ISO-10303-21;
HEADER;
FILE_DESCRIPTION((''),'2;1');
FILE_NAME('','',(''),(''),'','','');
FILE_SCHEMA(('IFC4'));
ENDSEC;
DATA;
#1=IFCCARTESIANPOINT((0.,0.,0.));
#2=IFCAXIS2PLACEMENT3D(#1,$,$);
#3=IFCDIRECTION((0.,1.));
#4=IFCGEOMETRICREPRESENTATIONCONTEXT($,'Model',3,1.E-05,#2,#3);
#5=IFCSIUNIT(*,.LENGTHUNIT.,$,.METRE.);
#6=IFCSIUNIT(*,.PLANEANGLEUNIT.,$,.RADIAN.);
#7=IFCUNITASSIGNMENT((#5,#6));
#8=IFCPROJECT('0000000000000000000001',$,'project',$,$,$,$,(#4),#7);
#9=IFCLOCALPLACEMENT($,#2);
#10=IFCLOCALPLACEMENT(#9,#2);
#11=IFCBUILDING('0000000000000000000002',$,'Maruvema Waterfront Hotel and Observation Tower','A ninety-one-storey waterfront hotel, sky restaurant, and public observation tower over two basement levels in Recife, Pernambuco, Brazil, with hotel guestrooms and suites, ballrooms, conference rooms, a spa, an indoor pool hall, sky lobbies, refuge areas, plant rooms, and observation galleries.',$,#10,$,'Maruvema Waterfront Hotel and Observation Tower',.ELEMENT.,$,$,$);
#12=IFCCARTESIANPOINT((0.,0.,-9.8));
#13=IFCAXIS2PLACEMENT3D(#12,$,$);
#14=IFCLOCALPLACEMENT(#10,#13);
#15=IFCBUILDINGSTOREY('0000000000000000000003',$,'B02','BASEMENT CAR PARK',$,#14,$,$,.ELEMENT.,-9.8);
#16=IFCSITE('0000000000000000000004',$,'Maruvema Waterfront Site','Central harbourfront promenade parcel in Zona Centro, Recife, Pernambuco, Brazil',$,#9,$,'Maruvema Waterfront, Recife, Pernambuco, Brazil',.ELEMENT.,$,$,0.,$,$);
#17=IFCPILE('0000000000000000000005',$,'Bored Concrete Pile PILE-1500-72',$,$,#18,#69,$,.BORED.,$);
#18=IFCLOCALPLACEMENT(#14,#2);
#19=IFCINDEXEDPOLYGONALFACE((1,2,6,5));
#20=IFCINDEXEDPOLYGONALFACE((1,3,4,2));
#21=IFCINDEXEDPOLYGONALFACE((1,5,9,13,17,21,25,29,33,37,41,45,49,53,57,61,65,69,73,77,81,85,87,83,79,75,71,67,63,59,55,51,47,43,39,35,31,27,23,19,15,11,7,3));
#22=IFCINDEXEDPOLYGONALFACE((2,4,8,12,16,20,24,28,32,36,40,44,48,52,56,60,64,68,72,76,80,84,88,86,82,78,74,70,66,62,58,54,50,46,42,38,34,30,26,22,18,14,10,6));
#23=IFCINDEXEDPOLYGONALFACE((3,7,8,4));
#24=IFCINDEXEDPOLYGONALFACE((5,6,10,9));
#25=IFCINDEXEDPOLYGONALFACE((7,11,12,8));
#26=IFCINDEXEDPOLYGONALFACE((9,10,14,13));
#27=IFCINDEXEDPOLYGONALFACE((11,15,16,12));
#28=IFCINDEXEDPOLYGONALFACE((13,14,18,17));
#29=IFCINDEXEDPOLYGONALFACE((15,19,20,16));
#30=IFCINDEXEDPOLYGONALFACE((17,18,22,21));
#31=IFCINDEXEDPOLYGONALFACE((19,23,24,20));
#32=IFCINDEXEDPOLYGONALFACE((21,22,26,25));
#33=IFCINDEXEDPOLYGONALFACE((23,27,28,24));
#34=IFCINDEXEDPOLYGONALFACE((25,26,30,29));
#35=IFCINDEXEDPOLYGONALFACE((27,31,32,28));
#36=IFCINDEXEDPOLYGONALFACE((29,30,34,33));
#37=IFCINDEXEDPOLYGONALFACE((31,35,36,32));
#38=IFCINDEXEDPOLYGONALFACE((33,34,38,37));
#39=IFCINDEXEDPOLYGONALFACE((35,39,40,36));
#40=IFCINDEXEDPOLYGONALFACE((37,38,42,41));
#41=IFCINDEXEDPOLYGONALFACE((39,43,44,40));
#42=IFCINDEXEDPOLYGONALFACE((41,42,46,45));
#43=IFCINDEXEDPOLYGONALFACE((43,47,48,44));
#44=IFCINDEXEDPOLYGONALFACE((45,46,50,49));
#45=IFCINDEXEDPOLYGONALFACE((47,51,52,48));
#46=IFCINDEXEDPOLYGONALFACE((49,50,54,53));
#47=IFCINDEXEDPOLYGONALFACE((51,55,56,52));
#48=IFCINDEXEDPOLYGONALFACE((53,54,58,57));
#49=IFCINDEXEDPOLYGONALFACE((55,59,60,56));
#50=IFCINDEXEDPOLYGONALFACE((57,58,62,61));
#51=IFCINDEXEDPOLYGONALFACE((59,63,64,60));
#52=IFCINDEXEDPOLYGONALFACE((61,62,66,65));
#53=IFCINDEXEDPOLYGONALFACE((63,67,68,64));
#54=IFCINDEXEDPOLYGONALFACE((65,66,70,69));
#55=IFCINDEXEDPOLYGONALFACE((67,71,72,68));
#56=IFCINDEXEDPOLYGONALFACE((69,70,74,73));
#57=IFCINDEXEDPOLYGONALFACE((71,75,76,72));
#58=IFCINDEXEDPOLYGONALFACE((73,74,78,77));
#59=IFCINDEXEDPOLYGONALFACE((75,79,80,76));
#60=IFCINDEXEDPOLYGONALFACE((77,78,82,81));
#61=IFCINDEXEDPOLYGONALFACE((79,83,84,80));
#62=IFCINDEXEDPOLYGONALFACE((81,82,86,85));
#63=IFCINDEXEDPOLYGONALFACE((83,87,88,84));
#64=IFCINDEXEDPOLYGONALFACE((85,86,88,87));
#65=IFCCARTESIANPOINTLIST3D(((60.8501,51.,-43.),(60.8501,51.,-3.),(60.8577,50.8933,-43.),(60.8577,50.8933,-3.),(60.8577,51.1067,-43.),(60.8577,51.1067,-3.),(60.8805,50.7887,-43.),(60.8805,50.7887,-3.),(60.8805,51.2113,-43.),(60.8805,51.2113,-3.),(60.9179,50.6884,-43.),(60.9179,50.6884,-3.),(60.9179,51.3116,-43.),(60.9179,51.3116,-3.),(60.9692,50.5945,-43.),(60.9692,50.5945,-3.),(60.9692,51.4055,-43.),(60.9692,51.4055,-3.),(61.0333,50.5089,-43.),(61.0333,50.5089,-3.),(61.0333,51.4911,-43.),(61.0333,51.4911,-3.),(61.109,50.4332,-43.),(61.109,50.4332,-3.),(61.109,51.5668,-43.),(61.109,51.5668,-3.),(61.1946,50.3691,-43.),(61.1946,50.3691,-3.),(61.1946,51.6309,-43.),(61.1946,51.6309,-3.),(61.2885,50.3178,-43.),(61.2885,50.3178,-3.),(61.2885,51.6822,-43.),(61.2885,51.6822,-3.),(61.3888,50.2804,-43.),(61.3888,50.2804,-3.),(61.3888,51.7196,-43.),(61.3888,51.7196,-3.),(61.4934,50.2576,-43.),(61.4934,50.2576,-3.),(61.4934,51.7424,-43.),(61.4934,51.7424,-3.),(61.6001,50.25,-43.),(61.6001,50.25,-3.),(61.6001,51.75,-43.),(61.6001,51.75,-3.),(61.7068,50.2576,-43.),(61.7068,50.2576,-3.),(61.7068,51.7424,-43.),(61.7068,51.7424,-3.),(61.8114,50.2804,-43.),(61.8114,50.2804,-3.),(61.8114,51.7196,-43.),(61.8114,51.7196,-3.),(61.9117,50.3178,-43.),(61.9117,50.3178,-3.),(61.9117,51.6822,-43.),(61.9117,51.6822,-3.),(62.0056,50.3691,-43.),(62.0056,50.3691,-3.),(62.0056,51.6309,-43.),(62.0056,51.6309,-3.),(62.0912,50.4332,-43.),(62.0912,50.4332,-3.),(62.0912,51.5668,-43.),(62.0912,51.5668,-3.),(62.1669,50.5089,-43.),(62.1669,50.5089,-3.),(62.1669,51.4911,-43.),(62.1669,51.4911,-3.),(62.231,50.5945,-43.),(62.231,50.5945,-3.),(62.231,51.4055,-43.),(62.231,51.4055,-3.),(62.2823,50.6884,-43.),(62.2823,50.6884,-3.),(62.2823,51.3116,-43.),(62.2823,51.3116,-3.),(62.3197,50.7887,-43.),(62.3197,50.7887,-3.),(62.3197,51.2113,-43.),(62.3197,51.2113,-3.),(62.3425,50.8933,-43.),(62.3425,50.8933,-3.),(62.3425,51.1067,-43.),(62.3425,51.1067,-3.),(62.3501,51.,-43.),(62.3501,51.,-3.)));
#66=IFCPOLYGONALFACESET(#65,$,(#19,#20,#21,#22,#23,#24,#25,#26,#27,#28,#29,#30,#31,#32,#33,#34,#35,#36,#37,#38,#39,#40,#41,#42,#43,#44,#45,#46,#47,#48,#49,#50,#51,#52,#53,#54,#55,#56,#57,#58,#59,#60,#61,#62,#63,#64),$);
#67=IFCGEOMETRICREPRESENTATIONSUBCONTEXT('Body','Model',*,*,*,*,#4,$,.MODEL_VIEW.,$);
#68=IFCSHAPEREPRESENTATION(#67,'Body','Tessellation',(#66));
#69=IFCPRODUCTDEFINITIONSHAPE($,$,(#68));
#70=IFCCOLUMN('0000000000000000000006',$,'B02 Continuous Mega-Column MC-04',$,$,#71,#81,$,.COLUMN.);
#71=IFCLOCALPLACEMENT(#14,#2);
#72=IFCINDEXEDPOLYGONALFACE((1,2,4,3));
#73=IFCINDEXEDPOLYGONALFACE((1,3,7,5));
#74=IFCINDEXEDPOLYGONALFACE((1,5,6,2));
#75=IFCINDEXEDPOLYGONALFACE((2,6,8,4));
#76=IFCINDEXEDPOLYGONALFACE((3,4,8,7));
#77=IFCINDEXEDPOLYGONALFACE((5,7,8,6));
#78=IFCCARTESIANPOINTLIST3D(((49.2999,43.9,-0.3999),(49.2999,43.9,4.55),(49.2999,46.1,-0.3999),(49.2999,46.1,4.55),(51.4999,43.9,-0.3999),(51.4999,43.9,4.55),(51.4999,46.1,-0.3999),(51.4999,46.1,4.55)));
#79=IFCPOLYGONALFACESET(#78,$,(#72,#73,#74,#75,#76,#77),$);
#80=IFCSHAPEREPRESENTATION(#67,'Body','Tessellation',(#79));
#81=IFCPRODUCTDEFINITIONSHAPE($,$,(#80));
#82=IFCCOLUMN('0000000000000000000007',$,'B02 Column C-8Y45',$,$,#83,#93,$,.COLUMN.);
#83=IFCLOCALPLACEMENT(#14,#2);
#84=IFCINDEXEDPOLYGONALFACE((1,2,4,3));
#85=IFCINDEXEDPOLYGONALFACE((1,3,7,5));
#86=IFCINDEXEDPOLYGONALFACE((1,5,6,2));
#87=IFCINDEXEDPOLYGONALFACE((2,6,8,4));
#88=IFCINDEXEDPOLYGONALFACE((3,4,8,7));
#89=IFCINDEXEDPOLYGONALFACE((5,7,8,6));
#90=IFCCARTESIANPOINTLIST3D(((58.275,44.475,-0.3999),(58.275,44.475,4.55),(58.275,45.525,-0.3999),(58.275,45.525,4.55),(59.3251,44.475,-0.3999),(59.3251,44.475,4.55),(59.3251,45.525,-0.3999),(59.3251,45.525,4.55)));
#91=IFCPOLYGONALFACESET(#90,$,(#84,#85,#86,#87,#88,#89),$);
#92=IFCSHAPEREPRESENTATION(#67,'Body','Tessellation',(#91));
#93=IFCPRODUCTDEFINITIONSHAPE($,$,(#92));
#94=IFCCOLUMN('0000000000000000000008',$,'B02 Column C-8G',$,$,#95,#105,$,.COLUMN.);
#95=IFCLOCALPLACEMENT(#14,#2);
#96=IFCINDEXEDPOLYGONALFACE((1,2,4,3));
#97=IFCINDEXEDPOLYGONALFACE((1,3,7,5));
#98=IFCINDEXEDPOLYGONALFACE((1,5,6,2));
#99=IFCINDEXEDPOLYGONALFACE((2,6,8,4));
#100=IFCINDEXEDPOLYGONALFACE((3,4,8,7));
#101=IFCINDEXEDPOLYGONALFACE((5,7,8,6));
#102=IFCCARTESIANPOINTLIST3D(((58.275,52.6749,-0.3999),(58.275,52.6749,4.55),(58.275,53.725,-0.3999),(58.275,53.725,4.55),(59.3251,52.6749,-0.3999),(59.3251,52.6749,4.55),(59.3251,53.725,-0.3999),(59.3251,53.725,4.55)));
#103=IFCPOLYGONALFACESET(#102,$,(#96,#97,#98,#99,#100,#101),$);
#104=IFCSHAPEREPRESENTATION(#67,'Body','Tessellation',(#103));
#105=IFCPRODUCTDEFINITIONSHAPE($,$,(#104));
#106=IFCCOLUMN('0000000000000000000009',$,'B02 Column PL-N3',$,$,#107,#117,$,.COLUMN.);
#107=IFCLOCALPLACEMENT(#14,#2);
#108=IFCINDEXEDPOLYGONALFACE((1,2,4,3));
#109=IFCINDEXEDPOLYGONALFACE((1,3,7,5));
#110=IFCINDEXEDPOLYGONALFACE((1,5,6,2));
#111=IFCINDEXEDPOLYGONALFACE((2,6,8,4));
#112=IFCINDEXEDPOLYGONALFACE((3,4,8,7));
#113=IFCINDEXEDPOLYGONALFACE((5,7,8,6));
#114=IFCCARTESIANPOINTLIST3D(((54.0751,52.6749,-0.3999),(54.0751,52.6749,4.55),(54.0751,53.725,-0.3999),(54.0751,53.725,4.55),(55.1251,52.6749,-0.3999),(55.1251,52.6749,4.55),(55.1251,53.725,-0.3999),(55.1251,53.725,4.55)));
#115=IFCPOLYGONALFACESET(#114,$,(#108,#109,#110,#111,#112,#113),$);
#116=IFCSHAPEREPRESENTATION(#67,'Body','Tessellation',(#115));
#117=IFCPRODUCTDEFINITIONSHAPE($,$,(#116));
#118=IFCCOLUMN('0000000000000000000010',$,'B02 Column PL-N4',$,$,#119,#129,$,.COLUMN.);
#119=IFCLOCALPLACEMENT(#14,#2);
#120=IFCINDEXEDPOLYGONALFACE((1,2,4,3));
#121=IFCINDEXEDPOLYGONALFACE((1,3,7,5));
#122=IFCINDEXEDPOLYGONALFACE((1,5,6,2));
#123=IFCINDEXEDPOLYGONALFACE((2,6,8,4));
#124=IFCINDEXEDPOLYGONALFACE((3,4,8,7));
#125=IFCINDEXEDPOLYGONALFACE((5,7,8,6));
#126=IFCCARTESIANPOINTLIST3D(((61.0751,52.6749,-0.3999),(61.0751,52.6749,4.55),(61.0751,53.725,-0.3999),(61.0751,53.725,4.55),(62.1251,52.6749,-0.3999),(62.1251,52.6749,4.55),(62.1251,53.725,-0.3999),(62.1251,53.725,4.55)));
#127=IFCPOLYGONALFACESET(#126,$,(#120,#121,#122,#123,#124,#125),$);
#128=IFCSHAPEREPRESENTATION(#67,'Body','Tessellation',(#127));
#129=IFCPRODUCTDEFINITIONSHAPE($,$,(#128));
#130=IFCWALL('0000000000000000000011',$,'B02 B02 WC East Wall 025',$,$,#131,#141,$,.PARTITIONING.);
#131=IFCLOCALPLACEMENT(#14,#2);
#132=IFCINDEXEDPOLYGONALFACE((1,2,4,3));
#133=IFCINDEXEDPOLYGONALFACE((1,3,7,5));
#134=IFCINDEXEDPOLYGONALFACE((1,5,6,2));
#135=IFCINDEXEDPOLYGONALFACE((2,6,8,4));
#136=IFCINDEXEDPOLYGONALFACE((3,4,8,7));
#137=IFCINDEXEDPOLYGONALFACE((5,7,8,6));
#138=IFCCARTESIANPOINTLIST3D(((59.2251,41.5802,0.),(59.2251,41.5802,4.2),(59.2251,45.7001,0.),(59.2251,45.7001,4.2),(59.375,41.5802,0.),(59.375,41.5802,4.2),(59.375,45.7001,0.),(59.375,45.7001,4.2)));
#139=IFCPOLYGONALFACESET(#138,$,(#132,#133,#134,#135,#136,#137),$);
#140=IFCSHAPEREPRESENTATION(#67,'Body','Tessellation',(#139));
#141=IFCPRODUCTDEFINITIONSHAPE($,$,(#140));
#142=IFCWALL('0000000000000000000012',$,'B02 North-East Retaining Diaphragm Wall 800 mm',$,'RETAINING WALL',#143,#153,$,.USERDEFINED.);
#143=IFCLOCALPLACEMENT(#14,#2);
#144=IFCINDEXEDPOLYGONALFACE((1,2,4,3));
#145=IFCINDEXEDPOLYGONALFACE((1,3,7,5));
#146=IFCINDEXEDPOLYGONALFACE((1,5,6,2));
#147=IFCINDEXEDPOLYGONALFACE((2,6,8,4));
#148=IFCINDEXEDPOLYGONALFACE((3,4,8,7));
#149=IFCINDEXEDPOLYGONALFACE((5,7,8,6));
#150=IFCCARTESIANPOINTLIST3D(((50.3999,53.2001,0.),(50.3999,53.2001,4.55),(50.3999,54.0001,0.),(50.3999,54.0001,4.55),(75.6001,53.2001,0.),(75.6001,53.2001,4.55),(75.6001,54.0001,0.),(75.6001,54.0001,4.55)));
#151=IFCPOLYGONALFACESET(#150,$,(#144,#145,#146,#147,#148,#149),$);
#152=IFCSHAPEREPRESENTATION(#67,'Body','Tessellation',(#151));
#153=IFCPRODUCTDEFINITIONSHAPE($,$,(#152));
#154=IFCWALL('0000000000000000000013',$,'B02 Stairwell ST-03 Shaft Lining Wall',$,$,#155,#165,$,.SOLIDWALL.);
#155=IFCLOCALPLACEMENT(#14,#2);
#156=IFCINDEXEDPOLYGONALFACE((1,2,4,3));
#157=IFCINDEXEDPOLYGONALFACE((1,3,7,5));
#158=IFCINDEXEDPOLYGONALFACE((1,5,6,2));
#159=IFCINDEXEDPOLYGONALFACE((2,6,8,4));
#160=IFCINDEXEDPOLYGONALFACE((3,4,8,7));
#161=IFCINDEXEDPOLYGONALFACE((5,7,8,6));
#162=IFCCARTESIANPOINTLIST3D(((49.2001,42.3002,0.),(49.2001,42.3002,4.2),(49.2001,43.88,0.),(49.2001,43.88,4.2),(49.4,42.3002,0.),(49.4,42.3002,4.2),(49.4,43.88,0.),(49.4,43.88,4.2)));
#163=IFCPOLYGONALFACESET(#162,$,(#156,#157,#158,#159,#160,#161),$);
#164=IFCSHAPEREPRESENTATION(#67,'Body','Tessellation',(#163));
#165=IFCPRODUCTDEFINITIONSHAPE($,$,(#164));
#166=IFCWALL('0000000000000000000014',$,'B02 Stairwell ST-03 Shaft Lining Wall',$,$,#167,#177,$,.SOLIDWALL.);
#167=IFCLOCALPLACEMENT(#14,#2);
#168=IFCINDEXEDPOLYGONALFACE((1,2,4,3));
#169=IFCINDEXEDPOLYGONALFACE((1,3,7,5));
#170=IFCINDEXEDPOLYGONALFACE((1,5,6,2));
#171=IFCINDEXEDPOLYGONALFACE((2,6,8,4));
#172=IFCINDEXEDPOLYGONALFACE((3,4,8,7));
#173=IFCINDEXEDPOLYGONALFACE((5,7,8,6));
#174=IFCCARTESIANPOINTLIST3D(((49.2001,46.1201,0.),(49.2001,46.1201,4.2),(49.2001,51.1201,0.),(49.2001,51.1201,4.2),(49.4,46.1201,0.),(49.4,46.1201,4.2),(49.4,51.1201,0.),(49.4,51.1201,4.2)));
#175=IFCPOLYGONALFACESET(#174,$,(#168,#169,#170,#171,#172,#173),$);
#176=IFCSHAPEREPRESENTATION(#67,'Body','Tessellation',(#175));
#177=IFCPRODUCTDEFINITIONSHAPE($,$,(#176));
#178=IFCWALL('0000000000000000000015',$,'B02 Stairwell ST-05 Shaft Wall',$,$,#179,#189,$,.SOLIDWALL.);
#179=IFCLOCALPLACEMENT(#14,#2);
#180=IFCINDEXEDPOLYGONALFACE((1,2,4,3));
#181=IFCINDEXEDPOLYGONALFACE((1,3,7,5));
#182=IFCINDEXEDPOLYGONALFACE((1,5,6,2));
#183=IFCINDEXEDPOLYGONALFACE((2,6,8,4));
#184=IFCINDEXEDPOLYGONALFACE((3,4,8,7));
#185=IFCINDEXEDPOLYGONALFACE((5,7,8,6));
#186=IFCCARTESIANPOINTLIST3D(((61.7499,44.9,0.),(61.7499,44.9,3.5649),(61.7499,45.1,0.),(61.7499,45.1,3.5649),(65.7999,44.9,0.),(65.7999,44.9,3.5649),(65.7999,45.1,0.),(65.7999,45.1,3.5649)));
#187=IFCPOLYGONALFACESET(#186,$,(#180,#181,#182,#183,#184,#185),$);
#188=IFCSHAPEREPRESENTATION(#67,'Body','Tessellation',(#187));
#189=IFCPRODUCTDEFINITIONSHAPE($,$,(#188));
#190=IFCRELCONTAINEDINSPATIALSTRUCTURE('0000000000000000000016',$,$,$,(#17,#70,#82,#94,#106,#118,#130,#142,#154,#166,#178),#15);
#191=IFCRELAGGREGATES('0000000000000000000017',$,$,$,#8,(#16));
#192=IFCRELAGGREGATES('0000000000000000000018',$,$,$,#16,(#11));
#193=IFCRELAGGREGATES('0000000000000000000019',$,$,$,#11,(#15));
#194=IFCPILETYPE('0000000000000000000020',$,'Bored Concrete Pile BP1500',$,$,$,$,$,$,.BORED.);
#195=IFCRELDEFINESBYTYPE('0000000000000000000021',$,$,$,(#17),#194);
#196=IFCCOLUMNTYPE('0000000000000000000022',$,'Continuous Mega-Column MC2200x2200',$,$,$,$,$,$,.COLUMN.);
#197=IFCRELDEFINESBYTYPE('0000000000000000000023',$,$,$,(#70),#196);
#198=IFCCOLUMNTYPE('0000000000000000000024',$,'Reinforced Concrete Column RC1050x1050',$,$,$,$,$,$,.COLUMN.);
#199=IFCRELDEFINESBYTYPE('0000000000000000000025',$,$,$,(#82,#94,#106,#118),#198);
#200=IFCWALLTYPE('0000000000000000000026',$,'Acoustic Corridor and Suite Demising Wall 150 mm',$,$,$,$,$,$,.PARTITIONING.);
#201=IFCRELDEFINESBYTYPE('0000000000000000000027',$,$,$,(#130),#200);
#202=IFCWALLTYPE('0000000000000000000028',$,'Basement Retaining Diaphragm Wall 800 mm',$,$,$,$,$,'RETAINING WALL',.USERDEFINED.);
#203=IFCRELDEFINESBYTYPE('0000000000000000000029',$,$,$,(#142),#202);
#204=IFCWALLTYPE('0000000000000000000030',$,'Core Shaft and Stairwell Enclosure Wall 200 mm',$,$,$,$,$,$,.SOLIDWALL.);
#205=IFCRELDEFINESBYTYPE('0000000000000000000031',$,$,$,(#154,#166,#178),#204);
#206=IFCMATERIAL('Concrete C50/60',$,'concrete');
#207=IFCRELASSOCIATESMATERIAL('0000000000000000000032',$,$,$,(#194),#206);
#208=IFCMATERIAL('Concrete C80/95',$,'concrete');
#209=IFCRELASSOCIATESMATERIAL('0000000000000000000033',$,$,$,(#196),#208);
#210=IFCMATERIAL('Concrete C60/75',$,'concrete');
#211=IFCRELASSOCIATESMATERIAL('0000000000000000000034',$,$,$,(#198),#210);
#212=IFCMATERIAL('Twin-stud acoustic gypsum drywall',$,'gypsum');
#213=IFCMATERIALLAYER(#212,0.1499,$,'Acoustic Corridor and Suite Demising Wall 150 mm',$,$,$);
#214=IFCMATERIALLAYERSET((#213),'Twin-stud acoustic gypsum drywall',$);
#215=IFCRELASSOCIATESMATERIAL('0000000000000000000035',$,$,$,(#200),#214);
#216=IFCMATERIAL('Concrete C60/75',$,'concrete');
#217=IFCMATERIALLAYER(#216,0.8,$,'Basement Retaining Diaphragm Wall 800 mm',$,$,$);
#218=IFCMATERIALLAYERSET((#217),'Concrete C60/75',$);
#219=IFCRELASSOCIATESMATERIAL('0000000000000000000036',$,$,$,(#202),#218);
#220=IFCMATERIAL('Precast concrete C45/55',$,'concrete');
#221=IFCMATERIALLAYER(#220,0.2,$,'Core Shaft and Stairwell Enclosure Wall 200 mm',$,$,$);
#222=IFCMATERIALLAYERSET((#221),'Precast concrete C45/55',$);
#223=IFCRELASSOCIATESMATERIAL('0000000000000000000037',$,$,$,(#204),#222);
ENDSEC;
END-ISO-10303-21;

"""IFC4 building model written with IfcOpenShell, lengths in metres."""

from ifc_helpers import new_model, si_unit, direction, frame, frame_2d, origin, origin_2d, place, context, subcontext, project, spatial, rectangle, circle, extrude, material, layer, layer_set, material_profile, profile_set, type_object, element, save


model = new_model("IFC4")

# Units and contexts
model_context = context("Model", 3, precision=1e-05, world=origin(), true_north=direction((0.0, 1.0)))
body_context = subcontext(model_context, "Body", "Model", "MODEL_VIEW")
ifc_project = project(units=[si_unit("LENGTHUNIT", "METRE"), si_unit("PLANEANGLEUNIT", "RADIAN")], contexts=[model_context])

# Site, building, storey
site_placement = place(None, origin())
site = spatial("IfcSite", under=ifc_project, at=site_placement, Name="Maruvema Waterfront Site", Description="Central harbourfront promenade parcel in Zona Centro, Recife, Pernambuco, Brazil", LongName="Maruvema Waterfront, Recife, Pernambuco, Brazil", CompositionType="ELEMENT", RefElevation=0.0)
building_placement = place(site_placement, origin())
building = spatial("IfcBuilding", under=site, at=building_placement, Name="Maruvema Waterfront Hotel and Observation Tower", Description="A ninety-one-storey waterfront hotel, sky restaurant, and public observation tower over two basement levels in Recife, Pernambuco, Brazil, with hotel guestrooms and suites, ballrooms, conference rooms, a spa, an indoor pool hall, sky lobbies, refuge areas, plant rooms, and observation galleries.", LongName="Maruvema Waterfront Hotel and Observation Tower", CompositionType="ELEMENT")
storey_placement = place(building_placement, frame((0.0, 0.0, -9.8)))
storey = spatial("IfcBuildingStorey", under=building, at=storey_placement, Name="B02", Description="BASEMENT CAR PARK", CompositionType="ELEMENT", Elevation=-9.8)

# Pile
ifc_material_1 = material(Name="Concrete C50/60", Category="concrete")
ifc_material_profile_1 = material_profile(ifc_material_1, circle(Radius=0.75, at=origin_2d()), Name="BP1500")
ifc_profile_set_1 = profile_set([ifc_material_profile_1], Name="Concrete C50/60")
pile_type = type_object("IfcPileType", Name="Bored Concrete Pile BP1500", PredefinedType="BORED", material=ifc_profile_set_1)
for number, where, z_axis, x_axis, name in (
    (1, (61.6001, 51.0, -3.0), (0.0, 0.0, -1.0), (1.0, 0.0, 0.0), "Bored Concrete Pile PILE-1500-72"),
):
    element("IfcPile", number, at=place(storey_placement, frame(where, z_axis=z_axis, x_axis=x_axis)), inside=storey, type_object=pile_type, Name=name, PredefinedType="BORED", context=body_context, shape_type="SweptSolid", body=[
        extrude(circle(Radius=0.75, at=origin_2d()), origin(), (0.0, 0.0, 1.0), 40.0),
    ])

# Columns
ifc_material_2 = material(Name="Concrete C80/95", Category="concrete")
ifc_material_profile_2 = material_profile(ifc_material_2, rectangle(XDim=2.2, YDim=2.2, at=origin_2d()), Name="MC2200x2200")
ifc_profile_set_2 = profile_set([ifc_material_profile_2], Name="Concrete C80/95")
column_type_1 = type_object("IfcColumnType", Name="Continuous Mega-Column MC2200x2200", PredefinedType="COLUMN", material=ifc_profile_set_2)
column_placement = place(storey_placement, frame((50.3999, 45.0, -0.3999), z_axis=(0.0, 0.0, 1.0), x_axis=(1.0, 0.0, 0.0)))
element("IfcColumn", 2, at=column_placement, inside=storey, type_object=column_type_1, Name="B02 Continuous Mega-Column MC-04", PredefinedType="COLUMN", context=body_context, shape_type="SweptSolid", body=[
    extrude(rectangle(XDim=2.2, YDim=2.2, at=origin_2d()), origin(), (0.0, 0.0, 1.0), 4.95),
])
ifc_material_3 = material(Name="Concrete C60/75", Category="concrete")
ifc_material_profile_3 = material_profile(ifc_material_3, rectangle(XDim=1.05, YDim=1.05, at=origin_2d()), Name="RC1050x1050")
ifc_profile_set_3 = profile_set([ifc_material_profile_3], Name="Concrete C60/75")
column_type_2 = type_object("IfcColumnType", Name="Reinforced Concrete Column RC1050x1050", PredefinedType="COLUMN", material=ifc_profile_set_3)
for number, where, z_axis, x_axis, name in (
    (3, (58.8, 45.0, -0.3999), (0.0, 0.0, 1.0), (1.0, 0.0, 0.0), "B02 Column C-8Y45"),
    (4, (58.8, 53.2, -0.3999), (0.0, 0.0, 1.0), (1.0, 0.0, 0.0), "B02 Column C-8G"),
    (5, (54.6001, 53.2, -0.3999), (0.0, 0.0, 1.0), (1.0, 0.0, 0.0), "B02 Column PL-N3"),
    (6, (61.6001, 53.2, -0.3999), (0.0, 0.0, 1.0), (1.0, 0.0, 0.0), "B02 Column PL-N4"),
):
    element("IfcColumn", number, at=place(storey_placement, frame(where, z_axis=z_axis, x_axis=x_axis)), inside=storey, type_object=column_type_2, Name=name, PredefinedType="COLUMN", context=body_context, shape_type="SweptSolid", body=[
        extrude(rectangle(XDim=1.05, YDim=1.05, at=origin_2d()), origin(), (0.0, 0.0, 1.0), 4.95),
    ])

# Walls
ifc_material_4 = material(Name="Twin-stud acoustic gypsum drywall", Category="gypsum")
ifc_layer_1 = layer(ifc_material_4, 0.1499, Name="Acoustic Corridor and Suite Demising Wall 150 mm")
ifc_layer_set_1 = layer_set([ifc_layer_1], Name="Twin-stud acoustic gypsum drywall")
wall_type_1 = type_object("IfcWallType", Name="Acoustic Corridor and Suite Demising Wall 150 mm", PredefinedType="PARTITIONING", material=ifc_layer_set_1)
wall_1_placement = place(storey_placement, frame((59.3, 41.5801, 0.0), z_axis=(0.0, 0.0, 1.0), x_axis=(0.0, 1.0, 0.0)))
element("IfcWall", 7, at=wall_1_placement, inside=storey, type_object=wall_type_1, Name="B02 B02 WC East Wall 025", PredefinedType="PARTITIONING", context=body_context, shape_type="SweptSolid", body=[
    extrude(rectangle(XDim=4.1199, YDim=0.1499, at=frame_2d((2.0601, 0.0))), origin(), (0.0, 0.0, 1.0), 4.2),
])
ifc_material_5 = material(Name="Concrete C60/75", Category="concrete")
ifc_layer_2 = layer(ifc_material_5, 0.8, Name="Basement Retaining Diaphragm Wall 800 mm")
ifc_layer_set_2 = layer_set([ifc_layer_2], Name="Concrete C60/75")
wall_type_2 = type_object("IfcWallType", Name="Basement Retaining Diaphragm Wall 800 mm", ElementType="RETAINING WALL", PredefinedType="USERDEFINED", material=ifc_layer_set_2)
wall_2_placement = place(storey_placement, frame((50.3999, 53.6001, 0.0), z_axis=(0.0, 0.0, 1.0), x_axis=(1.0, 0.0, 0.0)))
element("IfcWall", 8, at=wall_2_placement, inside=storey, type_object=wall_type_2, Name="B02 North-East Retaining Diaphragm Wall 800 mm", ObjectType="RETAINING WALL", PredefinedType="USERDEFINED", context=body_context, shape_type="SweptSolid", body=[
    extrude(rectangle(XDim=25.2002, YDim=0.8, at=frame_2d((12.6001, 0.0))), origin(), (0.0, 0.0, 1.0), 4.55),
])
ifc_material_6 = material(Name="Precast concrete C45/55", Category="concrete")
ifc_layer_3 = layer(ifc_material_6, 0.2, Name="Core Shaft and Stairwell Enclosure Wall 200 mm")
ifc_layer_set_3 = layer_set([ifc_layer_3], Name="Precast concrete C45/55")
wall_type_3 = type_object("IfcWallType", Name="Core Shaft and Stairwell Enclosure Wall 200 mm", PredefinedType="SOLIDWALL", material=ifc_layer_set_3)
wall_3_placement = place(storey_placement, frame((49.3, 42.3, 0.0), z_axis=(0.0, 0.0, 1.0), x_axis=(0.0, 1.0, 0.0)))
element("IfcWall", 9, at=wall_3_placement, inside=storey, type_object=wall_type_3, Name="B02 Stairwell ST-03 Shaft Lining Wall", PredefinedType="SOLIDWALL", context=body_context, shape_type="SweptSolid", body=[
    extrude(rectangle(XDim=1.5798, YDim=0.2, at=frame_2d((0.79, 0.0))), origin(), (0.0, 0.0, 1.0), 4.2),
])
wall_4_placement = place(storey_placement, frame((49.3, 46.1201, 0.0), z_axis=(0.0, 0.0, 1.0), x_axis=(0.0, 1.0, 0.0)))
element("IfcWall", 10, at=wall_4_placement, inside=storey, type_object=wall_type_3, Name="B02 Stairwell ST-03 Shaft Lining Wall", PredefinedType="SOLIDWALL", context=body_context, shape_type="SweptSolid", body=[
    extrude(rectangle(XDim=5.0, YDim=0.2, at=frame_2d((2.5, 0.0))), origin(), (0.0, 0.0, 1.0), 4.2),
])
wall_5_placement = place(storey_placement, frame((61.75, 45.0, 0.0), z_axis=(0.0, 0.0, 1.0), x_axis=(1.0, 0.0, 0.0)))
element("IfcWall", 11, at=wall_5_placement, inside=storey, type_object=wall_type_3, Name="B02 Stairwell ST-05 Shaft Wall", PredefinedType="SOLIDWALL", context=body_context, shape_type="SweptSolid", body=[
    extrude(rectangle(XDim=4.05, YDim=0.2, at=frame_2d((2.0249, 0.0))), origin(), (0.0, 0.0, 1.0), 3.5649),
])

save(model, "model.ifc")
